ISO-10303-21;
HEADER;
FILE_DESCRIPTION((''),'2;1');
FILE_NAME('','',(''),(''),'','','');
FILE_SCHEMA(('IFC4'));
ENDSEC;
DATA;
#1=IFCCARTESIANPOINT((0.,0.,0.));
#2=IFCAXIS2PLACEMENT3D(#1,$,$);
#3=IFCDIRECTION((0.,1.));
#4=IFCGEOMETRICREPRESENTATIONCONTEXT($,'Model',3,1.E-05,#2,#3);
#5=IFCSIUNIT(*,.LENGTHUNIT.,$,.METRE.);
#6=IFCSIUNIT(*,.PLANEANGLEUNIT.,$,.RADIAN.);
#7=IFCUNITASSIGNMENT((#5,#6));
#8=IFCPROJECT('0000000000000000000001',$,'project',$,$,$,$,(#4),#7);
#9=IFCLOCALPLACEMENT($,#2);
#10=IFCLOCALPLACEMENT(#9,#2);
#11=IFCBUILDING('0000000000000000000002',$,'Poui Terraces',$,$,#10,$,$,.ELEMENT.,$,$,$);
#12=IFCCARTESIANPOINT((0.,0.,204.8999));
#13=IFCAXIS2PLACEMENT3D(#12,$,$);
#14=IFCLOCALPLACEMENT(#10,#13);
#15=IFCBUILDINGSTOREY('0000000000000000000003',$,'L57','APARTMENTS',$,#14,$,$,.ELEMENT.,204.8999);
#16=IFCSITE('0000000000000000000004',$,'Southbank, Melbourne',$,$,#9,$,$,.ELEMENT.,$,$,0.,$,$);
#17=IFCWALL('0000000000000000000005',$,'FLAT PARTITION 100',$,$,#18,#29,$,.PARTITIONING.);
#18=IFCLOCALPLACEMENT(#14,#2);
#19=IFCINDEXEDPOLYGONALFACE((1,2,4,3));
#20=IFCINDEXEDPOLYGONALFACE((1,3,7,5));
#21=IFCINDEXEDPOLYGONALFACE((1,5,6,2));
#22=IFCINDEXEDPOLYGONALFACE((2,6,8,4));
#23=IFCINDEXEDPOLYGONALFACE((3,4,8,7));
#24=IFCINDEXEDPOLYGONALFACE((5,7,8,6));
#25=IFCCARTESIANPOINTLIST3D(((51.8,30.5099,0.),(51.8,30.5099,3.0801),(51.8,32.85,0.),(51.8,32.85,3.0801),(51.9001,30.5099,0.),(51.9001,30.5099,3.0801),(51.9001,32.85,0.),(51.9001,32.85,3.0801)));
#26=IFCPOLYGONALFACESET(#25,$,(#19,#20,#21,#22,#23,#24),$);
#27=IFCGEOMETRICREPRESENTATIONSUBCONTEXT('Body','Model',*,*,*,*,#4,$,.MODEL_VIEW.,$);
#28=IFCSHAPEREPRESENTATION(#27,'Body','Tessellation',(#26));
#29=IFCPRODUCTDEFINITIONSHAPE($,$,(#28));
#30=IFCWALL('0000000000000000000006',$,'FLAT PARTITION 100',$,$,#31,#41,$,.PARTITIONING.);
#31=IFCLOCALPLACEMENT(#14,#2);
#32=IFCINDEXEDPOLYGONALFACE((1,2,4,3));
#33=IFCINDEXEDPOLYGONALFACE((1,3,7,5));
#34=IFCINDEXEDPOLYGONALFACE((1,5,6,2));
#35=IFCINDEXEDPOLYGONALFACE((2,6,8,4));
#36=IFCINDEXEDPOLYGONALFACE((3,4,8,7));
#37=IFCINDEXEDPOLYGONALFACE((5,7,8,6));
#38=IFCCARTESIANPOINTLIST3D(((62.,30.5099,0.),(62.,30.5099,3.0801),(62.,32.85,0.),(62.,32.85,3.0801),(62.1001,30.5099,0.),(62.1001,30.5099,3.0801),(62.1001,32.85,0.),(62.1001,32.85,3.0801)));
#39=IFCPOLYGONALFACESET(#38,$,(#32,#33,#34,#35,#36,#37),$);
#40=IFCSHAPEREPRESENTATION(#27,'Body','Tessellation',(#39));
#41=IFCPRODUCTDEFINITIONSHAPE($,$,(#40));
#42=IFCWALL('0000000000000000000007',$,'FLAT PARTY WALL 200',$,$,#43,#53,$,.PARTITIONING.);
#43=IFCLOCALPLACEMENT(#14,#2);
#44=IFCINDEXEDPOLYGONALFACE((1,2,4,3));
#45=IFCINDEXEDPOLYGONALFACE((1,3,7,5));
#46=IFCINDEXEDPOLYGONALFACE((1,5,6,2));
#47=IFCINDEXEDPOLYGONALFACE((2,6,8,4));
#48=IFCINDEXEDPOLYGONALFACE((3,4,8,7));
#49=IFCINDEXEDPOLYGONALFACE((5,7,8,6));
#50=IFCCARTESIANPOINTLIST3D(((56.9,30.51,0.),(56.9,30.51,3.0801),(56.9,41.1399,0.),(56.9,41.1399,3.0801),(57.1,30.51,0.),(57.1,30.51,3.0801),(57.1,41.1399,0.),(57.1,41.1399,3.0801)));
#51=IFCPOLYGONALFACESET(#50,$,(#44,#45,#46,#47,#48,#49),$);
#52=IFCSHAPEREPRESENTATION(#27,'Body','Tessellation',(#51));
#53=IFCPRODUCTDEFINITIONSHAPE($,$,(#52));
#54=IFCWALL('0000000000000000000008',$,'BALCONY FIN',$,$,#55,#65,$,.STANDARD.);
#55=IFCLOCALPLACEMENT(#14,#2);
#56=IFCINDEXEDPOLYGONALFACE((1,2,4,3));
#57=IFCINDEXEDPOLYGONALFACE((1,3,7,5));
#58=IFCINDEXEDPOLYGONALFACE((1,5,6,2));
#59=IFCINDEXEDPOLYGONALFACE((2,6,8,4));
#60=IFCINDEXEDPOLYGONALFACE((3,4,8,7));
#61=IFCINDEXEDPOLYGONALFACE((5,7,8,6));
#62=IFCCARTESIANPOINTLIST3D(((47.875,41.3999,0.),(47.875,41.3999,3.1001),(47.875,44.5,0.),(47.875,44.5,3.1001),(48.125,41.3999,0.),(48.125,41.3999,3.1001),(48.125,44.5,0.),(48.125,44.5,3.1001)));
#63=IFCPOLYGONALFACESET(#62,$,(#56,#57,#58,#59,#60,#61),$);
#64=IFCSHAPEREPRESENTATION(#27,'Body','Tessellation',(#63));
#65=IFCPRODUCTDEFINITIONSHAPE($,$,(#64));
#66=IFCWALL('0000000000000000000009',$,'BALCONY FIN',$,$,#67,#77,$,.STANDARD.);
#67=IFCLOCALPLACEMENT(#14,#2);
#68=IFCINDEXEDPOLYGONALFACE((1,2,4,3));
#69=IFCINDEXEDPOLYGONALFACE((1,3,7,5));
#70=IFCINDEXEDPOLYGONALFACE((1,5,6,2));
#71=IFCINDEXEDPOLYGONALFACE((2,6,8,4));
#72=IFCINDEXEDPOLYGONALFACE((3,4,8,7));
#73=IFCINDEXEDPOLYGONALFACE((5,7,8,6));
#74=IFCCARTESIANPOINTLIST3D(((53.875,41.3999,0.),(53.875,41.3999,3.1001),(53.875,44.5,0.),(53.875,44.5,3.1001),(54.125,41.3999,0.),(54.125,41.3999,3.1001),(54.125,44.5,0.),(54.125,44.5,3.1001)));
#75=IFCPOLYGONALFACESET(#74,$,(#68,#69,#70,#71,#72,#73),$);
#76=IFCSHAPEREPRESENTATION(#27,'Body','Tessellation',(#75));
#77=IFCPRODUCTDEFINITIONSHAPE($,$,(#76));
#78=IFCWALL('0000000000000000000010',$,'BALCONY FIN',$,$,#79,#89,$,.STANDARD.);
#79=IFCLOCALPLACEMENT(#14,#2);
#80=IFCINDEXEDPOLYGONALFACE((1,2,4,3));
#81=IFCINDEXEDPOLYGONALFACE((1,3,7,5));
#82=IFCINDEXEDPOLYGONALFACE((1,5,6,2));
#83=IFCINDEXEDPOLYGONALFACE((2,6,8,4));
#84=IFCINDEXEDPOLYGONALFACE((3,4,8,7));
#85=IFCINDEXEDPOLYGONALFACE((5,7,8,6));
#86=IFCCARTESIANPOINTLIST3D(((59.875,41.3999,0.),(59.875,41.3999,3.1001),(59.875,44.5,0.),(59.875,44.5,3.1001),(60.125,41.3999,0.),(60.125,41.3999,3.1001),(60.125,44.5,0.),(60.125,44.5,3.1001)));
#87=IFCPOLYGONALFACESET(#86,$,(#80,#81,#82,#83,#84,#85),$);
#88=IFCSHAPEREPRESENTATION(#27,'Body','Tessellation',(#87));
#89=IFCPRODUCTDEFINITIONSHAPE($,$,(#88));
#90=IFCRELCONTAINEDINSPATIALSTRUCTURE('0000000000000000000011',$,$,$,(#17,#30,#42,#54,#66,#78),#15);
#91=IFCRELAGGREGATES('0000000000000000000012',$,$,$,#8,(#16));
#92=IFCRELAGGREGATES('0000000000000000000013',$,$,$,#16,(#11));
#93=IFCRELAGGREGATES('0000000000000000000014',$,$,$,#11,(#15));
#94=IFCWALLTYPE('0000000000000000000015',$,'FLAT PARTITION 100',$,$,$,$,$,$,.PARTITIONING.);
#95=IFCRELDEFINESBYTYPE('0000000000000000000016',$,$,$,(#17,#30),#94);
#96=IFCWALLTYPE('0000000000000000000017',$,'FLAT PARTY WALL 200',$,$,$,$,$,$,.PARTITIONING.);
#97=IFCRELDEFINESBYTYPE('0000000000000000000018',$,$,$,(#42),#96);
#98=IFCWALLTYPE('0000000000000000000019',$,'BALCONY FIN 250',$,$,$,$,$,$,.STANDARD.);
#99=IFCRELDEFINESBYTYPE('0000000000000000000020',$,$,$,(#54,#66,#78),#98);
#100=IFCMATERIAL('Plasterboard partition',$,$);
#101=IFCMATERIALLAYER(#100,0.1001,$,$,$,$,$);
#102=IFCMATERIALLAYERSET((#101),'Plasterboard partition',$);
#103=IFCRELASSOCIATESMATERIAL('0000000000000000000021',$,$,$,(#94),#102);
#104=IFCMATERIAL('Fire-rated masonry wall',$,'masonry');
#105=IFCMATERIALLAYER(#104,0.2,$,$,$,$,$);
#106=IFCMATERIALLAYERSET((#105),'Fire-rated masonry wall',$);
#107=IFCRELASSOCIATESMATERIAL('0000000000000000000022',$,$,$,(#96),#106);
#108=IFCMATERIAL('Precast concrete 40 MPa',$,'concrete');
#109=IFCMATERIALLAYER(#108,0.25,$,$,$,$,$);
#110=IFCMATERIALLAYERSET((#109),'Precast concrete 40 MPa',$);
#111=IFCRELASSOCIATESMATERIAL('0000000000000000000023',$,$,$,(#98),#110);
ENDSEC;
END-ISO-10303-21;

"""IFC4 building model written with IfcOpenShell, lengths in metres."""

from ifc_helpers import new_model, si_unit, direction, frame, frame_2d, origin, place, context, subcontext, project, spatial, polyline, rectangle, outline, extrude, source, transform, mapped, material, layer, layer_set, type_object, element, save


model = new_model("IFC4")

# Units and contexts
model_context = context("Model", 3, precision=1e-05, world=origin(), true_north=direction((0.0, 1.0)))
body_context = subcontext(model_context, "Body", "Model", "MODEL_VIEW")
ifc_project = project(units=[si_unit("LENGTHUNIT", "METRE"), si_unit("PLANEANGLEUNIT", "RADIAN")], contexts=[model_context])

# Site, building, storey
site_placement = place(None, origin())
site = spatial("IfcSite", under=ifc_project, at=site_placement, Name="Southbank, Melbourne", CompositionType="ELEMENT", RefElevation=0.0)
building_placement = place(site_placement, origin())
building = spatial("IfcBuilding", under=site, at=building_placement, Name="Poui Terraces", CompositionType="ELEMENT")
storey_placement = place(building_placement, frame((0.0, 0.0, 204.8999)))
storey = spatial("IfcBuildingStorey", under=building, at=storey_placement, Name="L57", Description="APARTMENTS", CompositionType="ELEMENT", Elevation=204.8999)

# Shared definitions
ifc_material_1 = material(Name="Plasterboard partition")
ifc_layer_1 = layer(ifc_material_1, 0.1001)
ifc_layer_set_1 = layer_set([ifc_layer_1], Name="Plasterboard partition")
wall_type_1 = type_object("IfcWallType", Name="FLAT PARTITION 100", PredefinedType="PARTITIONING", material=ifc_layer_set_1)

# Walls
for number, where, z_axis, x_axis, name in (
    (1, (51.8501, 30.51, 0.0), (0.0, 0.0, 1.0), (0.0, 1.0, 0.0), "FLAT PARTITION 100"),
    (2, (62.05, 30.51, 0.0), (0.0, 0.0, 1.0), (0.0, 1.0, 0.0), "FLAT PARTITION 100"),
):
    element("IfcWall", number, at=place(storey_placement, frame(where, z_axis=z_axis, x_axis=x_axis)), inside=storey, type_object=wall_type_1, Name=name, PredefinedType="PARTITIONING", context=body_context, shape_type="SweptSolid", body=[
        extrude(rectangle(XDim=2.3401, YDim=0.1001, at=frame_2d((1.1699, 0.0))), origin(), (0.0, 0.0, 1.0), 3.0801),
    ])
ifc_material_2 = material(Name="Fire-rated masonry wall", Category="masonry")
ifc_layer_2 = layer(ifc_material_2, 0.2)
ifc_layer_set_2 = layer_set([ifc_layer_2], Name="Fire-rated masonry wall")
wall_type_2 = type_object("IfcWallType", Name="FLAT PARTY WALL 200", PredefinedType="PARTITIONING", material=ifc_layer_set_2)
wall_1_placement = place(storey_placement, frame((57.0, 30.51, 0.0), z_axis=(0.0, 0.0, 1.0), x_axis=(0.0, 1.0, 0.0)))
element("IfcWall", 3, at=wall_1_placement, inside=storey, type_object=wall_type_2, Name="FLAT PARTY WALL 200", PredefinedType="PARTITIONING", context=body_context, shape_type="SweptSolid", body=[
    extrude(rectangle(XDim=10.6299, YDim=0.2, at=frame_2d((5.3149, 0.0))), origin(), (0.0, 0.0, 1.0), 3.0801),
])
ifc_material_3 = material(Name="Precast concrete 40 MPa", Category="concrete")
ifc_layer_3 = layer(ifc_material_3, 0.25)
ifc_layer_set_3 = layer_set([ifc_layer_3], Name="Precast concrete 40 MPa")
wall_type_3 = type_object("IfcWallType", Name="BALCONY FIN 250", PredefinedType="STANDARD", material=ifc_layer_set_3)
shared_shape_1 = source(origin(), body_context, "Body", "SweptSolid", [
    extrude(outline(polyline([(0.0, 0.0), (0.25, 0.0), (0.25, 3.1001), (0.0, 3.1001), (0.0, 0.0)])), origin(), (0.0, 0.0, 1.0), 3.1001),
])
for number, where, name in (
    (4, (47.875, 41.3999, 0.0), "BALCONY FIN"),
    (5, (53.875, 41.3999, 0.0), "BALCONY FIN"),
    (6, (59.875, 41.3999, 0.0), "BALCONY FIN"),
):
    element("IfcWall", number, at=place(storey_placement, frame(where)), inside=storey, type_object=wall_type_3, Name=name, PredefinedType="STANDARD", context=body_context, shape_type="MappedRepresentation", body=[
        mapped(shared_shape_1, transform((0.0, 0.0, 0.0))),
    ])

save(model, "model.ifc")
